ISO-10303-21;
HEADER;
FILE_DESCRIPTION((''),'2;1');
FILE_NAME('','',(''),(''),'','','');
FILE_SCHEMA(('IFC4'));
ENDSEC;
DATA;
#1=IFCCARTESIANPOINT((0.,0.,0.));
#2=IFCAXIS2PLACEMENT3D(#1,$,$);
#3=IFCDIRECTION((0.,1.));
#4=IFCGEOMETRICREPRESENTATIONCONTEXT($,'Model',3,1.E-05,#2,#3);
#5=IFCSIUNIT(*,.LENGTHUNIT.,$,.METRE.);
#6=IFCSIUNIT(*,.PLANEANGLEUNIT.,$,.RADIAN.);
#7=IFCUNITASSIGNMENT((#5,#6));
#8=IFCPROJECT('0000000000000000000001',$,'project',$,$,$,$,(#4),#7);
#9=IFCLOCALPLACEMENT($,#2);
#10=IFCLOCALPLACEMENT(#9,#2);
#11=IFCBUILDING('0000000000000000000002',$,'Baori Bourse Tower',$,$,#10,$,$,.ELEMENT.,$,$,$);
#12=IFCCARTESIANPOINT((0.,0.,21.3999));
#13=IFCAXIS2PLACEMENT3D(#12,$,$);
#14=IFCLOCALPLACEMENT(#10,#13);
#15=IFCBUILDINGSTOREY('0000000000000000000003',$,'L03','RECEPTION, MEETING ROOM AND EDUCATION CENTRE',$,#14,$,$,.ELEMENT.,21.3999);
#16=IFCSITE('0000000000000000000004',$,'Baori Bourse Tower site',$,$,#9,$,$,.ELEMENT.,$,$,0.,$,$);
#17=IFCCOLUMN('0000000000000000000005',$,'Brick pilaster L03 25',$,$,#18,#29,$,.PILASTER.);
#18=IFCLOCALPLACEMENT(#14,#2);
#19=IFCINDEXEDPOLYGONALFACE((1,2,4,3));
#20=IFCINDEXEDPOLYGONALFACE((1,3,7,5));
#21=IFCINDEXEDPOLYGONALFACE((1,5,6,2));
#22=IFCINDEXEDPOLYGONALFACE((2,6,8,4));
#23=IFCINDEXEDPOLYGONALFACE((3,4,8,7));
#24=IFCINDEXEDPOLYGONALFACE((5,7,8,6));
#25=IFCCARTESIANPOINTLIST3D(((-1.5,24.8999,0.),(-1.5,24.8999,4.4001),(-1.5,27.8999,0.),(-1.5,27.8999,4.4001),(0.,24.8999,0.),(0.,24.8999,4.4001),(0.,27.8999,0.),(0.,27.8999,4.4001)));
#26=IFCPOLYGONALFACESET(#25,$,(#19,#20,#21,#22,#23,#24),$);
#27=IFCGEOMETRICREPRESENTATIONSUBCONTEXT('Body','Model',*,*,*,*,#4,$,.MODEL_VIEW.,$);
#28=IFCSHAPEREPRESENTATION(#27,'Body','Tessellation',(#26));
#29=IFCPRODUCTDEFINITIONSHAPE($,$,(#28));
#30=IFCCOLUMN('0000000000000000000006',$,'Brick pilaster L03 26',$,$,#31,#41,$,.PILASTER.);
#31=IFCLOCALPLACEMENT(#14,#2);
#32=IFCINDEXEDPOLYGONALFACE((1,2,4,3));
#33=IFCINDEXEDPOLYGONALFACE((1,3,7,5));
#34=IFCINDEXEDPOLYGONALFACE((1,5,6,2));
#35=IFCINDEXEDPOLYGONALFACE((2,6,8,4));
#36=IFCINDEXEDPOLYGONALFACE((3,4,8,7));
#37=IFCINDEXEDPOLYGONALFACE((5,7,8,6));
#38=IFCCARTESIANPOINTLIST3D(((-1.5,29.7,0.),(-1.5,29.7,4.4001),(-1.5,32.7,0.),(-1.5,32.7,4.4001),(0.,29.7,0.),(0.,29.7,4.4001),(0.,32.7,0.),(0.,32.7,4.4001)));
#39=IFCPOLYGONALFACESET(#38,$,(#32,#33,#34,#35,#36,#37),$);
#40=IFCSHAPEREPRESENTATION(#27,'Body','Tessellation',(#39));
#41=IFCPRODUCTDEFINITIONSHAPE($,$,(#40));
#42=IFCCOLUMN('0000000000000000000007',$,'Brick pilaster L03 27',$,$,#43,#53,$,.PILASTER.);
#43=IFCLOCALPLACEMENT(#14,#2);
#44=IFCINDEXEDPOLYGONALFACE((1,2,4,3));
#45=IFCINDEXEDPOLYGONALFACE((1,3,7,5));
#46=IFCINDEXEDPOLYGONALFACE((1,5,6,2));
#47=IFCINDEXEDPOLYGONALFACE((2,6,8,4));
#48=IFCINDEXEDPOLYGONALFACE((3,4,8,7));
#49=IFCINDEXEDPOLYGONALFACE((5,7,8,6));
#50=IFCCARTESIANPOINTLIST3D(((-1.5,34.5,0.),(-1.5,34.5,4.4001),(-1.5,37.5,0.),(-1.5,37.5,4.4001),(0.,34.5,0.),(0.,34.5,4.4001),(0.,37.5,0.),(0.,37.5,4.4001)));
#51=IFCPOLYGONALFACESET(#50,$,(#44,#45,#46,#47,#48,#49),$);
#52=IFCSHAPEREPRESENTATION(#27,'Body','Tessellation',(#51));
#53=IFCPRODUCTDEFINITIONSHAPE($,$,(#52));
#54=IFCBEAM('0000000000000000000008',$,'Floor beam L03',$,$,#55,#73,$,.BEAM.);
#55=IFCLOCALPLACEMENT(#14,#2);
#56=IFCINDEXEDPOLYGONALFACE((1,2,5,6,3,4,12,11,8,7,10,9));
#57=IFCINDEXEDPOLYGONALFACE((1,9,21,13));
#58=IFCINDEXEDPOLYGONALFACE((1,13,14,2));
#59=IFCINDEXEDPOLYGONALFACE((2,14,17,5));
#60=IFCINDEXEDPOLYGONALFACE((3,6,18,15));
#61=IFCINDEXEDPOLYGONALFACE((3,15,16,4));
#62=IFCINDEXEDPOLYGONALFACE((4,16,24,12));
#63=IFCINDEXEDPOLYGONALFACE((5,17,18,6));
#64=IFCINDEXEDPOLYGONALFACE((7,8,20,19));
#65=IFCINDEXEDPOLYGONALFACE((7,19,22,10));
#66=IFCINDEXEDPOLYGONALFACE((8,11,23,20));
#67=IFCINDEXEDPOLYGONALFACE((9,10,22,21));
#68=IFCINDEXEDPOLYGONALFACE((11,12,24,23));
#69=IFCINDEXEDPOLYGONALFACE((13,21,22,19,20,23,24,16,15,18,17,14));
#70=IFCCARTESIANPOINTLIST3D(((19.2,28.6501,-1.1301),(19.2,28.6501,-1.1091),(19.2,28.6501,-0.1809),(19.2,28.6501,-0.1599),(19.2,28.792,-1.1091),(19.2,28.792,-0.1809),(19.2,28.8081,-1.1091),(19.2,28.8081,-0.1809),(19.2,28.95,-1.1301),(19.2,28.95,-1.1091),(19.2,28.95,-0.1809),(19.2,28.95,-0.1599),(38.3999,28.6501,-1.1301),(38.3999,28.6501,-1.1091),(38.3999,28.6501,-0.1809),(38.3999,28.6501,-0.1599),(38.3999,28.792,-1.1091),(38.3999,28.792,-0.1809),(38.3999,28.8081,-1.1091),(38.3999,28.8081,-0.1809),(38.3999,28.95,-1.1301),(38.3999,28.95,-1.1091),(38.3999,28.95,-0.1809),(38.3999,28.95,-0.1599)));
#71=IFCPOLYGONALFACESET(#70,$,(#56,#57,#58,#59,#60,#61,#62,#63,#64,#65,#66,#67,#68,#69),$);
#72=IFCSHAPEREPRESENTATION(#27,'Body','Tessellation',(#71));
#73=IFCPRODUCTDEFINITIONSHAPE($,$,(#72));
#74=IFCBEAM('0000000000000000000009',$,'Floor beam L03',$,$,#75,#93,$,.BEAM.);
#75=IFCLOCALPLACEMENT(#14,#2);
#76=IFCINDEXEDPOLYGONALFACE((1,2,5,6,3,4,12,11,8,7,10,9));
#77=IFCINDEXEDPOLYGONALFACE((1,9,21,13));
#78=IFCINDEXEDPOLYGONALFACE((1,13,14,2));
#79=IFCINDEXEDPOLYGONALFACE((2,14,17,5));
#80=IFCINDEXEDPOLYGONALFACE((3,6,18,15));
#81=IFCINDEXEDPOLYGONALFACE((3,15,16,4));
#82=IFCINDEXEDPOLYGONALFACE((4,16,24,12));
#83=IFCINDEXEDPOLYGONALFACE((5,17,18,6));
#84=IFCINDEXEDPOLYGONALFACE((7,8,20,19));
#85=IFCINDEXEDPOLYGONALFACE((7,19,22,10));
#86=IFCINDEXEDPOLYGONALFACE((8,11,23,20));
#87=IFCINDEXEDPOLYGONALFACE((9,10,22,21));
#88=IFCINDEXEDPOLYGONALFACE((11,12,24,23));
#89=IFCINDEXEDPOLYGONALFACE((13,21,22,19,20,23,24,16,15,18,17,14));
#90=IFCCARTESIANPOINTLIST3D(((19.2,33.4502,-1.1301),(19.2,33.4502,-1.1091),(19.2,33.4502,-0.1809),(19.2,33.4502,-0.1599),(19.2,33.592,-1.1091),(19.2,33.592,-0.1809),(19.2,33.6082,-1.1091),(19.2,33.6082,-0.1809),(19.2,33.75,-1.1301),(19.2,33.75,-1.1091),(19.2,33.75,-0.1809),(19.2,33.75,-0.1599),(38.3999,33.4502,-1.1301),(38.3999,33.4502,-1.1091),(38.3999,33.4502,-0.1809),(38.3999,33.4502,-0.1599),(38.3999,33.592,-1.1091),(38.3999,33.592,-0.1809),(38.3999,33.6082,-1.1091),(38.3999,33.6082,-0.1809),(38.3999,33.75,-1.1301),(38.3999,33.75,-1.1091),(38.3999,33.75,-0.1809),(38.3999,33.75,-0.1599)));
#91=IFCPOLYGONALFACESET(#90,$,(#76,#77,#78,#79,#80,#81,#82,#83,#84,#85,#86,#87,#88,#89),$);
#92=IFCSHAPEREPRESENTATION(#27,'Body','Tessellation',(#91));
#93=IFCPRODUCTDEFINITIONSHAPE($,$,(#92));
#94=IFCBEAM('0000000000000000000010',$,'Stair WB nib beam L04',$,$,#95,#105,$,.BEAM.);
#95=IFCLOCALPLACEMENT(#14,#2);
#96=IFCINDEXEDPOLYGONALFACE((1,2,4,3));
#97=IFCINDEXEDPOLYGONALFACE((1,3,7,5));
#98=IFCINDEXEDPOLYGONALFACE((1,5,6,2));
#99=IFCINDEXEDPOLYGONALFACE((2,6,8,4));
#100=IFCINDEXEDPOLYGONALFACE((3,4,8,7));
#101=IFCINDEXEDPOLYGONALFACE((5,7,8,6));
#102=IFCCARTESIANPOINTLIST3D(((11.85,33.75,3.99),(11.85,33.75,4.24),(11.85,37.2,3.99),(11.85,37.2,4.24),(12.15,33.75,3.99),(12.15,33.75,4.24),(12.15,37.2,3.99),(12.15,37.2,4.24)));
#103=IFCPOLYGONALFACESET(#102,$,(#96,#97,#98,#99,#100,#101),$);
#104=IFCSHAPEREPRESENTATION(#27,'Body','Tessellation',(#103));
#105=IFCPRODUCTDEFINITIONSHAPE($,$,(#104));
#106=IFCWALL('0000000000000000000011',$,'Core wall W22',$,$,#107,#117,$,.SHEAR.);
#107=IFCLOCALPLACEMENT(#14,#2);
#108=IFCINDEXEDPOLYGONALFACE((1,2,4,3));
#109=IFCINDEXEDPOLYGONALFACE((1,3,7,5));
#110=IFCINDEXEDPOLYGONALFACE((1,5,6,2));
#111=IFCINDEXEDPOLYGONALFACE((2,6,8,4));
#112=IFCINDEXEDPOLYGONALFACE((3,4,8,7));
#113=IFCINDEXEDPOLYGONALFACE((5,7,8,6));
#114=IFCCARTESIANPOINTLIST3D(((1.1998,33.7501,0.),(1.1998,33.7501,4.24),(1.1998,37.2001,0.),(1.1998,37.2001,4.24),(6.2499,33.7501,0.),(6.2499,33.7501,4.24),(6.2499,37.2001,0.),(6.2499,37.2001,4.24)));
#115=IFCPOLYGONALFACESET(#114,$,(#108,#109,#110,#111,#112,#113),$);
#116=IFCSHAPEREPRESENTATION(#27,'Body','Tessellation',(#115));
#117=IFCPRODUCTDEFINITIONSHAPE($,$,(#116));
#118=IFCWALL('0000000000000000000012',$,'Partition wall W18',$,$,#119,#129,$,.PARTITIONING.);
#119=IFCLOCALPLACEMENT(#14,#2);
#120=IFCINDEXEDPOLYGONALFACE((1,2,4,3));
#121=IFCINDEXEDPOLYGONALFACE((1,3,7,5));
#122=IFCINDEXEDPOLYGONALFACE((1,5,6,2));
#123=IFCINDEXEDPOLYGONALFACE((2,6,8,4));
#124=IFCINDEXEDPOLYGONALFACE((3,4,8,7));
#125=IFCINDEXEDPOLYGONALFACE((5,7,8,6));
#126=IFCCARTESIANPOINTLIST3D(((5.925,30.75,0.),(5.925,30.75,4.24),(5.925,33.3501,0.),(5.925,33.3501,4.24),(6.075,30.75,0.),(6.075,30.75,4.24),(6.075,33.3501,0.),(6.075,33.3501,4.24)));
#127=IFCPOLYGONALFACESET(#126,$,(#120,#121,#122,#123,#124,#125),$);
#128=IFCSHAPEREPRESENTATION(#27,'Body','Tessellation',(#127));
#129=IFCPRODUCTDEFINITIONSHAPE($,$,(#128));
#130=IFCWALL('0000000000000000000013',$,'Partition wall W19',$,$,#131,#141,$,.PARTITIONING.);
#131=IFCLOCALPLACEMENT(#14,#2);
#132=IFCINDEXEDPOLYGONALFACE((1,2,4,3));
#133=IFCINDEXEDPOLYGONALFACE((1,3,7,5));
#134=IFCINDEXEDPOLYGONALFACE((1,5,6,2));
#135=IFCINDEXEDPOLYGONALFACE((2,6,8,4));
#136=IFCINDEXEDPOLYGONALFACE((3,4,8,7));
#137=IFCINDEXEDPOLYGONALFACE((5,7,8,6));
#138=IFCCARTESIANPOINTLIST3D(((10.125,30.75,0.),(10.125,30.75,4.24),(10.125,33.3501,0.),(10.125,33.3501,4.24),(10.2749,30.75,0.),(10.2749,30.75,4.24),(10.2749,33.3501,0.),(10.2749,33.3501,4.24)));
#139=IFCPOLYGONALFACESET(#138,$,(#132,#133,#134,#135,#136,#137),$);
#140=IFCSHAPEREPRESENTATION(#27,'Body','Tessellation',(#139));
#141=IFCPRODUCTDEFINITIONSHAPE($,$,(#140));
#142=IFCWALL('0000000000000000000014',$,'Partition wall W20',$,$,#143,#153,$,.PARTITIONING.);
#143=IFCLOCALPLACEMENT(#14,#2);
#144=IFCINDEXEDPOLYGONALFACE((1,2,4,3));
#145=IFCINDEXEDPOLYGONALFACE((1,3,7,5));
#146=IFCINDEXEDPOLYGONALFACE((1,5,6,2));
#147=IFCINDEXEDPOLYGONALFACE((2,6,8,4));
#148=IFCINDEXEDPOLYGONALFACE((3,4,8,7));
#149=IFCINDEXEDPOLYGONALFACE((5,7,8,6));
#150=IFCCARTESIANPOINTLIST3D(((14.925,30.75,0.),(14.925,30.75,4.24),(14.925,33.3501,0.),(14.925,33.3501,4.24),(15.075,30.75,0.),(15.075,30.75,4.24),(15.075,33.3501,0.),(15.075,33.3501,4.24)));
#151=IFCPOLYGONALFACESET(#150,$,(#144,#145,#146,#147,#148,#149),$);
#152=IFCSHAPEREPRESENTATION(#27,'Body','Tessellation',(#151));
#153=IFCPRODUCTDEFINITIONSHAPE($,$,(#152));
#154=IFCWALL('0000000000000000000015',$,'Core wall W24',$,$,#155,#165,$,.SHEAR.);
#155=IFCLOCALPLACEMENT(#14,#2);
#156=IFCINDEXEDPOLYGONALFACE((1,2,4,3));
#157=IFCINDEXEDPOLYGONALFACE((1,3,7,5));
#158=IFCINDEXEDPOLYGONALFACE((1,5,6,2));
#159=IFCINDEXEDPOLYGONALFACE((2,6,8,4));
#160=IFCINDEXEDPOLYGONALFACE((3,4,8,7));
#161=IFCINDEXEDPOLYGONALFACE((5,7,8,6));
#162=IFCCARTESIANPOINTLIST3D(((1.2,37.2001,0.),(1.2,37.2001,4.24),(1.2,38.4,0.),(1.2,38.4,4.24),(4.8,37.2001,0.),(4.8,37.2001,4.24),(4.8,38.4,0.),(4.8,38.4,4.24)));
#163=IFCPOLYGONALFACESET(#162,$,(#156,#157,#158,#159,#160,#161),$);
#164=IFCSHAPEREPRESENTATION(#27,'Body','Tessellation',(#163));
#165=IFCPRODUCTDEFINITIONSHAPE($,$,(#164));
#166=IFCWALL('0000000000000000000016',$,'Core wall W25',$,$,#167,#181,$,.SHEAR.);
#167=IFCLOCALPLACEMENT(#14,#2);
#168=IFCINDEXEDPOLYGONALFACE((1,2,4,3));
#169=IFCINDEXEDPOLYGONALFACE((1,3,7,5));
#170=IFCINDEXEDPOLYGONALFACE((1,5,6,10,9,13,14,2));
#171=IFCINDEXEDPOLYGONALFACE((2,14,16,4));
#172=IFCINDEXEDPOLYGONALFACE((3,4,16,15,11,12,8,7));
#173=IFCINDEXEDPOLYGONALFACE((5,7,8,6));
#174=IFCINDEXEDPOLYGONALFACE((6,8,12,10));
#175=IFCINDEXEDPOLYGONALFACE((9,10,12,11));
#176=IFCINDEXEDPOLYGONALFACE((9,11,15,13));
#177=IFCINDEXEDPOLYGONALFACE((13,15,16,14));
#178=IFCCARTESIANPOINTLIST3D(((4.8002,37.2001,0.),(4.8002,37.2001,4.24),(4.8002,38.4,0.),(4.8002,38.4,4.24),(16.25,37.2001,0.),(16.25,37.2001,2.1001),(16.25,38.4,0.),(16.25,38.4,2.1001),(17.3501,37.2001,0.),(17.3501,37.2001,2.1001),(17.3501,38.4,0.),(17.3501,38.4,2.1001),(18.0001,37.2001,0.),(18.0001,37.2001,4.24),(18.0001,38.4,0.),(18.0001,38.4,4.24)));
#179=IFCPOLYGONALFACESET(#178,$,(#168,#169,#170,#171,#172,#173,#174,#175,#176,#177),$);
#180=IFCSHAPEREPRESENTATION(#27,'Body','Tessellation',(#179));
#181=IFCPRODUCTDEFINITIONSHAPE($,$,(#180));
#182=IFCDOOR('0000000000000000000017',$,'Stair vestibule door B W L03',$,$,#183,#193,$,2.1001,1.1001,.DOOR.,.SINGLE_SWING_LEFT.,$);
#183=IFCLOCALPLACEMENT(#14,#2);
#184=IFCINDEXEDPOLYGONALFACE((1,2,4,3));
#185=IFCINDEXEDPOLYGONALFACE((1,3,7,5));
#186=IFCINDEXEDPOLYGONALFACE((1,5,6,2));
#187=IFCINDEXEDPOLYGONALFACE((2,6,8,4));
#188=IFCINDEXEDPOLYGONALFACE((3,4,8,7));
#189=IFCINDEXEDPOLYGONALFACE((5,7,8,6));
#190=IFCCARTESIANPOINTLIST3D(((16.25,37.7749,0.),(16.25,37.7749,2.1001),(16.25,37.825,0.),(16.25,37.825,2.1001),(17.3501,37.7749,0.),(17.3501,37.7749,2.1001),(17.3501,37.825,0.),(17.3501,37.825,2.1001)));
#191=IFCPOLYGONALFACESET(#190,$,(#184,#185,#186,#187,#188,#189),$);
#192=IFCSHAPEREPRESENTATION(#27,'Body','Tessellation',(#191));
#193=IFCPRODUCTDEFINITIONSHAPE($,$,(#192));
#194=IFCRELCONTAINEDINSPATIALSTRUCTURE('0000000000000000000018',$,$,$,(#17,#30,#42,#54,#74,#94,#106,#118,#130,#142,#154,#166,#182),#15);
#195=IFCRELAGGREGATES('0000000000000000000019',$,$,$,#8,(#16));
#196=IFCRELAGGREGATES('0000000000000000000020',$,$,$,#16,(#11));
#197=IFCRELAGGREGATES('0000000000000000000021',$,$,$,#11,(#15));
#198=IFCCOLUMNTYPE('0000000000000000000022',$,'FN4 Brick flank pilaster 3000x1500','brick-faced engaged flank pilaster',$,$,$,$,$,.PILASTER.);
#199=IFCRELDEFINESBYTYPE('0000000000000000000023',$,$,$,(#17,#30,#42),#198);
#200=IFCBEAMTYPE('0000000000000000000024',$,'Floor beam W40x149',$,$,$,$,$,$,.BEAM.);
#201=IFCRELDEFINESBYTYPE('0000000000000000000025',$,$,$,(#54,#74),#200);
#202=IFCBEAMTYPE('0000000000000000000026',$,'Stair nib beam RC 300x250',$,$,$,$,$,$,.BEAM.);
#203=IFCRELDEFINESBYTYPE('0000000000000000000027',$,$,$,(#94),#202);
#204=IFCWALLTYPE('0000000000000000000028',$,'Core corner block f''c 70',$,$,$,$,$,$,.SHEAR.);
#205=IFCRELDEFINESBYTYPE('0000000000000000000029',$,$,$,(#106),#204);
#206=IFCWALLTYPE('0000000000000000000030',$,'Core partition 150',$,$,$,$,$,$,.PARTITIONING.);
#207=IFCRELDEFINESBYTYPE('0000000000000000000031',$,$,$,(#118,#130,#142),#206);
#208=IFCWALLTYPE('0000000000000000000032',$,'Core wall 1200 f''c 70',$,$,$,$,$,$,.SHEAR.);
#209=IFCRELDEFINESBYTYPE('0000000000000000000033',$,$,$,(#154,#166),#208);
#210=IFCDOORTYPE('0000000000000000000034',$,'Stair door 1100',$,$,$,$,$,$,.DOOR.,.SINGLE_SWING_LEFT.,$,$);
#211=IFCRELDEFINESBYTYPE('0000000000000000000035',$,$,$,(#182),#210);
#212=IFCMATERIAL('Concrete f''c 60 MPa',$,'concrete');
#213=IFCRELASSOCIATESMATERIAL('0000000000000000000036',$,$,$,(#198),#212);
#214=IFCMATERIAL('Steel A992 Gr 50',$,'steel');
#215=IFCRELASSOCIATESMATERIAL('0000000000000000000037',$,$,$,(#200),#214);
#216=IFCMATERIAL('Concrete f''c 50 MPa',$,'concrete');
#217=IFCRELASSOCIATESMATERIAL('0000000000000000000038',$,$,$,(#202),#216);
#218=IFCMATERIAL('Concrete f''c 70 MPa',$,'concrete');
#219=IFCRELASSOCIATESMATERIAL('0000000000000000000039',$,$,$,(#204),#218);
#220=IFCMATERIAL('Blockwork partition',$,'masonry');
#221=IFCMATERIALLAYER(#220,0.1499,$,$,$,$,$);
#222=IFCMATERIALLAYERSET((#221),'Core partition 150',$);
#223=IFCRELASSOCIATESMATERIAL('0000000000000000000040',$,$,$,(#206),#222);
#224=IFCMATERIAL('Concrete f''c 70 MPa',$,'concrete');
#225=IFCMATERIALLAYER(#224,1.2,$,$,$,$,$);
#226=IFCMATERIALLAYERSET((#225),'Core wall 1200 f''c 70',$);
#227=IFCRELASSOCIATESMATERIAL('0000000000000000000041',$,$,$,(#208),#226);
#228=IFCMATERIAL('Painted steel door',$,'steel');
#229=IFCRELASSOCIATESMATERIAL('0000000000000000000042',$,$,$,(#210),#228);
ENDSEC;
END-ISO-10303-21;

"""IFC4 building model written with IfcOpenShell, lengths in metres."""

from ifc_helpers import new_model, si_unit, direction, frame, frame_2d, origin, origin_2d, place, context, subcontext, project, spatial, rectangle, i_section, extrude, material, layer, layer_set, material_profile, profile_set, type_object, element, fill, save


model = new_model("IFC4")

# Units and contexts
model_context = context("Model", 3, precision=1e-05, world=origin(), true_north=direction((0.0, 1.0)))
body_context = subcontext(model_context, "Body", "Model", "MODEL_VIEW")
ifc_project = project(units=[si_unit("LENGTHUNIT", "METRE"), si_unit("PLANEANGLEUNIT", "RADIAN")], contexts=[model_context])

# Site, building, storey
site_placement = place(None, origin())
site = spatial("IfcSite", under=ifc_project, at=site_placement, Name="Baori Bourse Tower site", CompositionType="ELEMENT", RefElevation=0.0)
building_placement = place(site_placement, origin())
building = spatial("IfcBuilding", under=site, at=building_placement, Name="Baori Bourse Tower", CompositionType="ELEMENT")
storey_placement = place(building_placement, frame((0.0, 0.0, 21.3999)))
storey = spatial("IfcBuildingStorey", under=building, at=storey_placement, Name="L03", Description="RECEPTION, MEETING ROOM AND EDUCATION CENTRE", CompositionType="ELEMENT", Elevation=21.3999)

# Columns
ifc_material_1 = material(Name="Concrete f'c 60 MPa", Category="concrete")
ifc_material_profile_1 = material_profile(ifc_material_1, rectangle(XDim=3.0, YDim=1.5, at=origin_2d()), Name="RC 3000x1500")
ifc_profile_set_1 = profile_set([ifc_material_profile_1], Name="Concrete f'c 60 MPa")
column_type = type_object("IfcColumnType", Name="FN4 Brick flank pilaster 3000x1500", Description="brick-faced engaged flank pilaster", PredefinedType="PILASTER", material=ifc_profile_set_1)
for number, where, z_axis, x_axis, name in (
    (1, (-0.75, 26.3999, 0.0), (0.0, 0.0, 1.0), (0.0, 1.0, 0.0), "Brick pilaster L03 25"),
    (2, (-0.75, 31.2, 0.0), (0.0, 0.0, 1.0), (0.0, 1.0, 0.0), "Brick pilaster L03 26"),
    (3, (-0.75, 36.0, 0.0), (0.0, 0.0, 1.0), (0.0, 1.0, 0.0), "Brick pilaster L03 27"),
):
    element("IfcColumn", number, at=place(storey_placement, frame(where, z_axis=z_axis, x_axis=x_axis)), inside=storey, type_object=column_type, Name=name, PredefinedType="PILASTER", context=body_context, shape_type="SweptSolid", body=[
        extrude(rectangle(XDim=3.0, YDim=1.5, at=origin_2d()), origin(), (0.0, 0.0, 1.0), 4.4001),
    ])

# Beams
ifc_material_2 = material(Name="Steel A992 Gr 50", Category="steel")
ifc_material_profile_2 = material_profile(ifc_material_2, i_section(OverallWidth=0.2998, OverallDepth=0.9702, WebThickness=0.0161, FlangeThickness=0.021, at=origin_2d()), Name="W40x149")
ifc_profile_set_2 = profile_set([ifc_material_profile_2], Name="Steel A992 Gr 50")
beam_type_1 = type_object("IfcBeamType", Name="Floor beam W40x149", PredefinedType="BEAM", material=ifc_profile_set_2)
for number, where, z_axis, x_axis, name in (
    (4, (19.2, 28.8, -0.645), (1.0, 0.0, 0.0), (0.0, 1.0, 0.0), "Floor beam L03"),
    (5, (19.2, 33.6001, -0.645), (1.0, 0.0, 0.0), (0.0, 1.0, 0.0), "Floor beam L03"),
):
    element("IfcBeam", number, at=place(storey_placement, frame(where, z_axis=z_axis, x_axis=x_axis)), inside=storey, type_object=beam_type_1, Name=name, PredefinedType="BEAM", context=body_context, shape_type="SweptSolid", body=[
        extrude(i_section(OverallWidth=0.2998, OverallDepth=0.9702, WebThickness=0.0161, FlangeThickness=0.021, at=origin_2d()), origin(), (0.0, 0.0, 1.0), 19.2),
    ])
ifc_material_3 = material(Name="Concrete f'c 50 MPa", Category="concrete")
ifc_material_profile_3 = material_profile(ifc_material_3, rectangle(XDim=0.3, YDim=0.25, at=origin_2d()), Name="RC 300x250")
ifc_profile_set_3 = profile_set([ifc_material_profile_3], Name="Concrete f'c 50 MPa")
beam_type_2 = type_object("IfcBeamType", Name="Stair nib beam RC 300x250", PredefinedType="BEAM", material=ifc_profile_set_3)
beam_placement = place(storey_placement, frame((12.0, 33.75, 4.115), z_axis=(0.0, 1.0, 0.0), x_axis=(-1.0, 0.0, 0.0)))
element("IfcBeam", 6, at=beam_placement, inside=storey, type_object=beam_type_2, Name="Stair WB nib beam L04", PredefinedType="BEAM", context=body_context, shape_type="SweptSolid", body=[
    extrude(rectangle(XDim=0.3, YDim=0.25, at=origin_2d()), origin(), (0.0, 0.0, 1.0), 3.45),
])

# Walls
ifc_material_4 = material(Name="Concrete f'c 70 MPa", Category="concrete")
wall_type_1 = type_object("IfcWallType", Name="Core corner block f'c 70", PredefinedType="SHEAR", material=ifc_material_4)
wall_1_placement = place(storey_placement, frame((1.2, 35.4751, 0.0), z_axis=(0.0, 0.0, 1.0), x_axis=(1.0, 0.0, 0.0)))
element("IfcWall", 7, at=wall_1_placement, inside=storey, type_object=wall_type_1, Name="Core wall W22", PredefinedType="SHEAR", context=body_context, shape_type="SweptSolid", body=[
    extrude(rectangle(XDim=5.05, YDim=3.45, at=frame_2d((2.5249, 0.0))), origin(), (0.0, 0.0, 1.0), 4.24),
])
ifc_material_5 = material(Name="Blockwork partition", Category="masonry")
ifc_layer_1 = layer(ifc_material_5, 0.1499)
ifc_layer_set_1 = layer_set([ifc_layer_1], Name="Core partition 150")
wall_type_2 = type_object("IfcWallType", Name="Core partition 150", PredefinedType="PARTITIONING", material=ifc_layer_set_1)
for number, where, z_axis, x_axis, name in (
    (8, (6.0, 30.75, 0.0), (0.0, 0.0, 1.0), (0.0, 1.0, 0.0), "Partition wall W18"),
    (9, (10.2, 30.75, 0.0), (0.0, 0.0, 1.0), (0.0, 1.0, 0.0), "Partition wall W19"),
    (10, (15.0, 30.75, 0.0), (0.0, 0.0, 1.0), (0.0, 1.0, 0.0), "Partition wall W20"),
):
    element("IfcWall", number, at=place(storey_placement, frame(where, z_axis=z_axis, x_axis=x_axis)), inside=storey, type_object=wall_type_2, Name=name, PredefinedType="PARTITIONING", context=body_context, shape_type="SweptSolid", body=[
        extrude(rectangle(XDim=2.6001, YDim=0.1499, at=frame_2d((1.3, 0.0))), origin(), (0.0, 0.0, 1.0), 4.24),
    ])
ifc_material_6 = material(Name="Concrete f'c 70 MPa", Category="concrete")
ifc_layer_2 = layer(ifc_material_6, 1.2)
ifc_layer_set_2 = layer_set([ifc_layer_2], Name="Core wall 1200 f'c 70")
wall_type_3 = type_object("IfcWallType", Name="Core wall 1200 f'c 70", PredefinedType="SHEAR", material=ifc_layer_set_2)
wall_2_placement = place(storey_placement, frame((1.2, 37.8, 0.0), z_axis=(0.0, 0.0, 1.0), x_axis=(1.0, 0.0, 0.0)))
element("IfcWall", 11, at=wall_2_placement, inside=storey, type_object=wall_type_3, Name="Core wall W24", PredefinedType="SHEAR", context=body_context, shape_type="SweptSolid", body=[
    extrude(rectangle(XDim=3.6001, YDim=1.2, at=frame_2d((1.8, 0.0))), origin(), (0.0, 0.0, 1.0), 4.24),
])

# Wall, opening, door
wall_3_placement = place(storey_placement, frame((4.8, 37.8, 0.0), z_axis=(0.0, 0.0, 1.0), x_axis=(1.0, 0.0, 0.0)))
wall_3 = element("IfcWall", 12, at=wall_3_placement, inside=storey, type_object=wall_type_3, Name="Core wall W25", PredefinedType="SHEAR", context=body_context, shape_type="SweptSolid", body=[
    extrude(rectangle(XDim=13.2, YDim=1.2, at=frame_2d((6.6001, 0.0))), origin(), (0.0, 0.0, 1.0), 4.24),
])
opening_1_placement = place(wall_3_placement, frame((11.45, 0.0, 0.0)))
opening_1 = element("IfcOpeningElement", 13, at=opening_1_placement, cuts=wall_3, PredefinedType="OPENING", context=body_context, shape_type="SweptSolid", body=[
    extrude(rectangle(XDim=1.1001, YDim=2.1001, at=frame_2d((0.55, 1.05))), frame((0.0, 0.6099, 0.0), z_axis=(0.0, -1.0, 0.0), x_axis=(1.0, 0.0, 0.0)), (0.0, 0.0, 1.0), 1.22),
])
ifc_material_7 = material(Name="Painted steel door", Category="steel")
door_type_1 = type_object("IfcDoorType", Name="Stair door 1100", OperationType="SINGLE_SWING_LEFT", PredefinedType="DOOR", material=ifc_material_7)
door_1_placement = place(opening_1_placement, origin())
door_1 = element("IfcDoor", 14, at=door_1_placement, inside=storey, type_object=door_type_1, Name="Stair vestibule door B W L03", OperationType="SINGLE_SWING_LEFT", OverallHeight=2.1001, OverallWidth=1.1001, PredefinedType="DOOR", context=body_context, shape_type="SweptSolid", body=[
    extrude(rectangle(XDim=1.1001, YDim=2.1001, at=frame_2d((0.55, 1.05))), frame((0.0, 0.0249, 0.0), z_axis=(0.0, -1.0, 0.0), x_axis=(1.0, 0.0, 0.0)), (0.0, 0.0, 1.0), 0.05),
])
fill(opening_1, door_1)

save(model, "model.ifc")
